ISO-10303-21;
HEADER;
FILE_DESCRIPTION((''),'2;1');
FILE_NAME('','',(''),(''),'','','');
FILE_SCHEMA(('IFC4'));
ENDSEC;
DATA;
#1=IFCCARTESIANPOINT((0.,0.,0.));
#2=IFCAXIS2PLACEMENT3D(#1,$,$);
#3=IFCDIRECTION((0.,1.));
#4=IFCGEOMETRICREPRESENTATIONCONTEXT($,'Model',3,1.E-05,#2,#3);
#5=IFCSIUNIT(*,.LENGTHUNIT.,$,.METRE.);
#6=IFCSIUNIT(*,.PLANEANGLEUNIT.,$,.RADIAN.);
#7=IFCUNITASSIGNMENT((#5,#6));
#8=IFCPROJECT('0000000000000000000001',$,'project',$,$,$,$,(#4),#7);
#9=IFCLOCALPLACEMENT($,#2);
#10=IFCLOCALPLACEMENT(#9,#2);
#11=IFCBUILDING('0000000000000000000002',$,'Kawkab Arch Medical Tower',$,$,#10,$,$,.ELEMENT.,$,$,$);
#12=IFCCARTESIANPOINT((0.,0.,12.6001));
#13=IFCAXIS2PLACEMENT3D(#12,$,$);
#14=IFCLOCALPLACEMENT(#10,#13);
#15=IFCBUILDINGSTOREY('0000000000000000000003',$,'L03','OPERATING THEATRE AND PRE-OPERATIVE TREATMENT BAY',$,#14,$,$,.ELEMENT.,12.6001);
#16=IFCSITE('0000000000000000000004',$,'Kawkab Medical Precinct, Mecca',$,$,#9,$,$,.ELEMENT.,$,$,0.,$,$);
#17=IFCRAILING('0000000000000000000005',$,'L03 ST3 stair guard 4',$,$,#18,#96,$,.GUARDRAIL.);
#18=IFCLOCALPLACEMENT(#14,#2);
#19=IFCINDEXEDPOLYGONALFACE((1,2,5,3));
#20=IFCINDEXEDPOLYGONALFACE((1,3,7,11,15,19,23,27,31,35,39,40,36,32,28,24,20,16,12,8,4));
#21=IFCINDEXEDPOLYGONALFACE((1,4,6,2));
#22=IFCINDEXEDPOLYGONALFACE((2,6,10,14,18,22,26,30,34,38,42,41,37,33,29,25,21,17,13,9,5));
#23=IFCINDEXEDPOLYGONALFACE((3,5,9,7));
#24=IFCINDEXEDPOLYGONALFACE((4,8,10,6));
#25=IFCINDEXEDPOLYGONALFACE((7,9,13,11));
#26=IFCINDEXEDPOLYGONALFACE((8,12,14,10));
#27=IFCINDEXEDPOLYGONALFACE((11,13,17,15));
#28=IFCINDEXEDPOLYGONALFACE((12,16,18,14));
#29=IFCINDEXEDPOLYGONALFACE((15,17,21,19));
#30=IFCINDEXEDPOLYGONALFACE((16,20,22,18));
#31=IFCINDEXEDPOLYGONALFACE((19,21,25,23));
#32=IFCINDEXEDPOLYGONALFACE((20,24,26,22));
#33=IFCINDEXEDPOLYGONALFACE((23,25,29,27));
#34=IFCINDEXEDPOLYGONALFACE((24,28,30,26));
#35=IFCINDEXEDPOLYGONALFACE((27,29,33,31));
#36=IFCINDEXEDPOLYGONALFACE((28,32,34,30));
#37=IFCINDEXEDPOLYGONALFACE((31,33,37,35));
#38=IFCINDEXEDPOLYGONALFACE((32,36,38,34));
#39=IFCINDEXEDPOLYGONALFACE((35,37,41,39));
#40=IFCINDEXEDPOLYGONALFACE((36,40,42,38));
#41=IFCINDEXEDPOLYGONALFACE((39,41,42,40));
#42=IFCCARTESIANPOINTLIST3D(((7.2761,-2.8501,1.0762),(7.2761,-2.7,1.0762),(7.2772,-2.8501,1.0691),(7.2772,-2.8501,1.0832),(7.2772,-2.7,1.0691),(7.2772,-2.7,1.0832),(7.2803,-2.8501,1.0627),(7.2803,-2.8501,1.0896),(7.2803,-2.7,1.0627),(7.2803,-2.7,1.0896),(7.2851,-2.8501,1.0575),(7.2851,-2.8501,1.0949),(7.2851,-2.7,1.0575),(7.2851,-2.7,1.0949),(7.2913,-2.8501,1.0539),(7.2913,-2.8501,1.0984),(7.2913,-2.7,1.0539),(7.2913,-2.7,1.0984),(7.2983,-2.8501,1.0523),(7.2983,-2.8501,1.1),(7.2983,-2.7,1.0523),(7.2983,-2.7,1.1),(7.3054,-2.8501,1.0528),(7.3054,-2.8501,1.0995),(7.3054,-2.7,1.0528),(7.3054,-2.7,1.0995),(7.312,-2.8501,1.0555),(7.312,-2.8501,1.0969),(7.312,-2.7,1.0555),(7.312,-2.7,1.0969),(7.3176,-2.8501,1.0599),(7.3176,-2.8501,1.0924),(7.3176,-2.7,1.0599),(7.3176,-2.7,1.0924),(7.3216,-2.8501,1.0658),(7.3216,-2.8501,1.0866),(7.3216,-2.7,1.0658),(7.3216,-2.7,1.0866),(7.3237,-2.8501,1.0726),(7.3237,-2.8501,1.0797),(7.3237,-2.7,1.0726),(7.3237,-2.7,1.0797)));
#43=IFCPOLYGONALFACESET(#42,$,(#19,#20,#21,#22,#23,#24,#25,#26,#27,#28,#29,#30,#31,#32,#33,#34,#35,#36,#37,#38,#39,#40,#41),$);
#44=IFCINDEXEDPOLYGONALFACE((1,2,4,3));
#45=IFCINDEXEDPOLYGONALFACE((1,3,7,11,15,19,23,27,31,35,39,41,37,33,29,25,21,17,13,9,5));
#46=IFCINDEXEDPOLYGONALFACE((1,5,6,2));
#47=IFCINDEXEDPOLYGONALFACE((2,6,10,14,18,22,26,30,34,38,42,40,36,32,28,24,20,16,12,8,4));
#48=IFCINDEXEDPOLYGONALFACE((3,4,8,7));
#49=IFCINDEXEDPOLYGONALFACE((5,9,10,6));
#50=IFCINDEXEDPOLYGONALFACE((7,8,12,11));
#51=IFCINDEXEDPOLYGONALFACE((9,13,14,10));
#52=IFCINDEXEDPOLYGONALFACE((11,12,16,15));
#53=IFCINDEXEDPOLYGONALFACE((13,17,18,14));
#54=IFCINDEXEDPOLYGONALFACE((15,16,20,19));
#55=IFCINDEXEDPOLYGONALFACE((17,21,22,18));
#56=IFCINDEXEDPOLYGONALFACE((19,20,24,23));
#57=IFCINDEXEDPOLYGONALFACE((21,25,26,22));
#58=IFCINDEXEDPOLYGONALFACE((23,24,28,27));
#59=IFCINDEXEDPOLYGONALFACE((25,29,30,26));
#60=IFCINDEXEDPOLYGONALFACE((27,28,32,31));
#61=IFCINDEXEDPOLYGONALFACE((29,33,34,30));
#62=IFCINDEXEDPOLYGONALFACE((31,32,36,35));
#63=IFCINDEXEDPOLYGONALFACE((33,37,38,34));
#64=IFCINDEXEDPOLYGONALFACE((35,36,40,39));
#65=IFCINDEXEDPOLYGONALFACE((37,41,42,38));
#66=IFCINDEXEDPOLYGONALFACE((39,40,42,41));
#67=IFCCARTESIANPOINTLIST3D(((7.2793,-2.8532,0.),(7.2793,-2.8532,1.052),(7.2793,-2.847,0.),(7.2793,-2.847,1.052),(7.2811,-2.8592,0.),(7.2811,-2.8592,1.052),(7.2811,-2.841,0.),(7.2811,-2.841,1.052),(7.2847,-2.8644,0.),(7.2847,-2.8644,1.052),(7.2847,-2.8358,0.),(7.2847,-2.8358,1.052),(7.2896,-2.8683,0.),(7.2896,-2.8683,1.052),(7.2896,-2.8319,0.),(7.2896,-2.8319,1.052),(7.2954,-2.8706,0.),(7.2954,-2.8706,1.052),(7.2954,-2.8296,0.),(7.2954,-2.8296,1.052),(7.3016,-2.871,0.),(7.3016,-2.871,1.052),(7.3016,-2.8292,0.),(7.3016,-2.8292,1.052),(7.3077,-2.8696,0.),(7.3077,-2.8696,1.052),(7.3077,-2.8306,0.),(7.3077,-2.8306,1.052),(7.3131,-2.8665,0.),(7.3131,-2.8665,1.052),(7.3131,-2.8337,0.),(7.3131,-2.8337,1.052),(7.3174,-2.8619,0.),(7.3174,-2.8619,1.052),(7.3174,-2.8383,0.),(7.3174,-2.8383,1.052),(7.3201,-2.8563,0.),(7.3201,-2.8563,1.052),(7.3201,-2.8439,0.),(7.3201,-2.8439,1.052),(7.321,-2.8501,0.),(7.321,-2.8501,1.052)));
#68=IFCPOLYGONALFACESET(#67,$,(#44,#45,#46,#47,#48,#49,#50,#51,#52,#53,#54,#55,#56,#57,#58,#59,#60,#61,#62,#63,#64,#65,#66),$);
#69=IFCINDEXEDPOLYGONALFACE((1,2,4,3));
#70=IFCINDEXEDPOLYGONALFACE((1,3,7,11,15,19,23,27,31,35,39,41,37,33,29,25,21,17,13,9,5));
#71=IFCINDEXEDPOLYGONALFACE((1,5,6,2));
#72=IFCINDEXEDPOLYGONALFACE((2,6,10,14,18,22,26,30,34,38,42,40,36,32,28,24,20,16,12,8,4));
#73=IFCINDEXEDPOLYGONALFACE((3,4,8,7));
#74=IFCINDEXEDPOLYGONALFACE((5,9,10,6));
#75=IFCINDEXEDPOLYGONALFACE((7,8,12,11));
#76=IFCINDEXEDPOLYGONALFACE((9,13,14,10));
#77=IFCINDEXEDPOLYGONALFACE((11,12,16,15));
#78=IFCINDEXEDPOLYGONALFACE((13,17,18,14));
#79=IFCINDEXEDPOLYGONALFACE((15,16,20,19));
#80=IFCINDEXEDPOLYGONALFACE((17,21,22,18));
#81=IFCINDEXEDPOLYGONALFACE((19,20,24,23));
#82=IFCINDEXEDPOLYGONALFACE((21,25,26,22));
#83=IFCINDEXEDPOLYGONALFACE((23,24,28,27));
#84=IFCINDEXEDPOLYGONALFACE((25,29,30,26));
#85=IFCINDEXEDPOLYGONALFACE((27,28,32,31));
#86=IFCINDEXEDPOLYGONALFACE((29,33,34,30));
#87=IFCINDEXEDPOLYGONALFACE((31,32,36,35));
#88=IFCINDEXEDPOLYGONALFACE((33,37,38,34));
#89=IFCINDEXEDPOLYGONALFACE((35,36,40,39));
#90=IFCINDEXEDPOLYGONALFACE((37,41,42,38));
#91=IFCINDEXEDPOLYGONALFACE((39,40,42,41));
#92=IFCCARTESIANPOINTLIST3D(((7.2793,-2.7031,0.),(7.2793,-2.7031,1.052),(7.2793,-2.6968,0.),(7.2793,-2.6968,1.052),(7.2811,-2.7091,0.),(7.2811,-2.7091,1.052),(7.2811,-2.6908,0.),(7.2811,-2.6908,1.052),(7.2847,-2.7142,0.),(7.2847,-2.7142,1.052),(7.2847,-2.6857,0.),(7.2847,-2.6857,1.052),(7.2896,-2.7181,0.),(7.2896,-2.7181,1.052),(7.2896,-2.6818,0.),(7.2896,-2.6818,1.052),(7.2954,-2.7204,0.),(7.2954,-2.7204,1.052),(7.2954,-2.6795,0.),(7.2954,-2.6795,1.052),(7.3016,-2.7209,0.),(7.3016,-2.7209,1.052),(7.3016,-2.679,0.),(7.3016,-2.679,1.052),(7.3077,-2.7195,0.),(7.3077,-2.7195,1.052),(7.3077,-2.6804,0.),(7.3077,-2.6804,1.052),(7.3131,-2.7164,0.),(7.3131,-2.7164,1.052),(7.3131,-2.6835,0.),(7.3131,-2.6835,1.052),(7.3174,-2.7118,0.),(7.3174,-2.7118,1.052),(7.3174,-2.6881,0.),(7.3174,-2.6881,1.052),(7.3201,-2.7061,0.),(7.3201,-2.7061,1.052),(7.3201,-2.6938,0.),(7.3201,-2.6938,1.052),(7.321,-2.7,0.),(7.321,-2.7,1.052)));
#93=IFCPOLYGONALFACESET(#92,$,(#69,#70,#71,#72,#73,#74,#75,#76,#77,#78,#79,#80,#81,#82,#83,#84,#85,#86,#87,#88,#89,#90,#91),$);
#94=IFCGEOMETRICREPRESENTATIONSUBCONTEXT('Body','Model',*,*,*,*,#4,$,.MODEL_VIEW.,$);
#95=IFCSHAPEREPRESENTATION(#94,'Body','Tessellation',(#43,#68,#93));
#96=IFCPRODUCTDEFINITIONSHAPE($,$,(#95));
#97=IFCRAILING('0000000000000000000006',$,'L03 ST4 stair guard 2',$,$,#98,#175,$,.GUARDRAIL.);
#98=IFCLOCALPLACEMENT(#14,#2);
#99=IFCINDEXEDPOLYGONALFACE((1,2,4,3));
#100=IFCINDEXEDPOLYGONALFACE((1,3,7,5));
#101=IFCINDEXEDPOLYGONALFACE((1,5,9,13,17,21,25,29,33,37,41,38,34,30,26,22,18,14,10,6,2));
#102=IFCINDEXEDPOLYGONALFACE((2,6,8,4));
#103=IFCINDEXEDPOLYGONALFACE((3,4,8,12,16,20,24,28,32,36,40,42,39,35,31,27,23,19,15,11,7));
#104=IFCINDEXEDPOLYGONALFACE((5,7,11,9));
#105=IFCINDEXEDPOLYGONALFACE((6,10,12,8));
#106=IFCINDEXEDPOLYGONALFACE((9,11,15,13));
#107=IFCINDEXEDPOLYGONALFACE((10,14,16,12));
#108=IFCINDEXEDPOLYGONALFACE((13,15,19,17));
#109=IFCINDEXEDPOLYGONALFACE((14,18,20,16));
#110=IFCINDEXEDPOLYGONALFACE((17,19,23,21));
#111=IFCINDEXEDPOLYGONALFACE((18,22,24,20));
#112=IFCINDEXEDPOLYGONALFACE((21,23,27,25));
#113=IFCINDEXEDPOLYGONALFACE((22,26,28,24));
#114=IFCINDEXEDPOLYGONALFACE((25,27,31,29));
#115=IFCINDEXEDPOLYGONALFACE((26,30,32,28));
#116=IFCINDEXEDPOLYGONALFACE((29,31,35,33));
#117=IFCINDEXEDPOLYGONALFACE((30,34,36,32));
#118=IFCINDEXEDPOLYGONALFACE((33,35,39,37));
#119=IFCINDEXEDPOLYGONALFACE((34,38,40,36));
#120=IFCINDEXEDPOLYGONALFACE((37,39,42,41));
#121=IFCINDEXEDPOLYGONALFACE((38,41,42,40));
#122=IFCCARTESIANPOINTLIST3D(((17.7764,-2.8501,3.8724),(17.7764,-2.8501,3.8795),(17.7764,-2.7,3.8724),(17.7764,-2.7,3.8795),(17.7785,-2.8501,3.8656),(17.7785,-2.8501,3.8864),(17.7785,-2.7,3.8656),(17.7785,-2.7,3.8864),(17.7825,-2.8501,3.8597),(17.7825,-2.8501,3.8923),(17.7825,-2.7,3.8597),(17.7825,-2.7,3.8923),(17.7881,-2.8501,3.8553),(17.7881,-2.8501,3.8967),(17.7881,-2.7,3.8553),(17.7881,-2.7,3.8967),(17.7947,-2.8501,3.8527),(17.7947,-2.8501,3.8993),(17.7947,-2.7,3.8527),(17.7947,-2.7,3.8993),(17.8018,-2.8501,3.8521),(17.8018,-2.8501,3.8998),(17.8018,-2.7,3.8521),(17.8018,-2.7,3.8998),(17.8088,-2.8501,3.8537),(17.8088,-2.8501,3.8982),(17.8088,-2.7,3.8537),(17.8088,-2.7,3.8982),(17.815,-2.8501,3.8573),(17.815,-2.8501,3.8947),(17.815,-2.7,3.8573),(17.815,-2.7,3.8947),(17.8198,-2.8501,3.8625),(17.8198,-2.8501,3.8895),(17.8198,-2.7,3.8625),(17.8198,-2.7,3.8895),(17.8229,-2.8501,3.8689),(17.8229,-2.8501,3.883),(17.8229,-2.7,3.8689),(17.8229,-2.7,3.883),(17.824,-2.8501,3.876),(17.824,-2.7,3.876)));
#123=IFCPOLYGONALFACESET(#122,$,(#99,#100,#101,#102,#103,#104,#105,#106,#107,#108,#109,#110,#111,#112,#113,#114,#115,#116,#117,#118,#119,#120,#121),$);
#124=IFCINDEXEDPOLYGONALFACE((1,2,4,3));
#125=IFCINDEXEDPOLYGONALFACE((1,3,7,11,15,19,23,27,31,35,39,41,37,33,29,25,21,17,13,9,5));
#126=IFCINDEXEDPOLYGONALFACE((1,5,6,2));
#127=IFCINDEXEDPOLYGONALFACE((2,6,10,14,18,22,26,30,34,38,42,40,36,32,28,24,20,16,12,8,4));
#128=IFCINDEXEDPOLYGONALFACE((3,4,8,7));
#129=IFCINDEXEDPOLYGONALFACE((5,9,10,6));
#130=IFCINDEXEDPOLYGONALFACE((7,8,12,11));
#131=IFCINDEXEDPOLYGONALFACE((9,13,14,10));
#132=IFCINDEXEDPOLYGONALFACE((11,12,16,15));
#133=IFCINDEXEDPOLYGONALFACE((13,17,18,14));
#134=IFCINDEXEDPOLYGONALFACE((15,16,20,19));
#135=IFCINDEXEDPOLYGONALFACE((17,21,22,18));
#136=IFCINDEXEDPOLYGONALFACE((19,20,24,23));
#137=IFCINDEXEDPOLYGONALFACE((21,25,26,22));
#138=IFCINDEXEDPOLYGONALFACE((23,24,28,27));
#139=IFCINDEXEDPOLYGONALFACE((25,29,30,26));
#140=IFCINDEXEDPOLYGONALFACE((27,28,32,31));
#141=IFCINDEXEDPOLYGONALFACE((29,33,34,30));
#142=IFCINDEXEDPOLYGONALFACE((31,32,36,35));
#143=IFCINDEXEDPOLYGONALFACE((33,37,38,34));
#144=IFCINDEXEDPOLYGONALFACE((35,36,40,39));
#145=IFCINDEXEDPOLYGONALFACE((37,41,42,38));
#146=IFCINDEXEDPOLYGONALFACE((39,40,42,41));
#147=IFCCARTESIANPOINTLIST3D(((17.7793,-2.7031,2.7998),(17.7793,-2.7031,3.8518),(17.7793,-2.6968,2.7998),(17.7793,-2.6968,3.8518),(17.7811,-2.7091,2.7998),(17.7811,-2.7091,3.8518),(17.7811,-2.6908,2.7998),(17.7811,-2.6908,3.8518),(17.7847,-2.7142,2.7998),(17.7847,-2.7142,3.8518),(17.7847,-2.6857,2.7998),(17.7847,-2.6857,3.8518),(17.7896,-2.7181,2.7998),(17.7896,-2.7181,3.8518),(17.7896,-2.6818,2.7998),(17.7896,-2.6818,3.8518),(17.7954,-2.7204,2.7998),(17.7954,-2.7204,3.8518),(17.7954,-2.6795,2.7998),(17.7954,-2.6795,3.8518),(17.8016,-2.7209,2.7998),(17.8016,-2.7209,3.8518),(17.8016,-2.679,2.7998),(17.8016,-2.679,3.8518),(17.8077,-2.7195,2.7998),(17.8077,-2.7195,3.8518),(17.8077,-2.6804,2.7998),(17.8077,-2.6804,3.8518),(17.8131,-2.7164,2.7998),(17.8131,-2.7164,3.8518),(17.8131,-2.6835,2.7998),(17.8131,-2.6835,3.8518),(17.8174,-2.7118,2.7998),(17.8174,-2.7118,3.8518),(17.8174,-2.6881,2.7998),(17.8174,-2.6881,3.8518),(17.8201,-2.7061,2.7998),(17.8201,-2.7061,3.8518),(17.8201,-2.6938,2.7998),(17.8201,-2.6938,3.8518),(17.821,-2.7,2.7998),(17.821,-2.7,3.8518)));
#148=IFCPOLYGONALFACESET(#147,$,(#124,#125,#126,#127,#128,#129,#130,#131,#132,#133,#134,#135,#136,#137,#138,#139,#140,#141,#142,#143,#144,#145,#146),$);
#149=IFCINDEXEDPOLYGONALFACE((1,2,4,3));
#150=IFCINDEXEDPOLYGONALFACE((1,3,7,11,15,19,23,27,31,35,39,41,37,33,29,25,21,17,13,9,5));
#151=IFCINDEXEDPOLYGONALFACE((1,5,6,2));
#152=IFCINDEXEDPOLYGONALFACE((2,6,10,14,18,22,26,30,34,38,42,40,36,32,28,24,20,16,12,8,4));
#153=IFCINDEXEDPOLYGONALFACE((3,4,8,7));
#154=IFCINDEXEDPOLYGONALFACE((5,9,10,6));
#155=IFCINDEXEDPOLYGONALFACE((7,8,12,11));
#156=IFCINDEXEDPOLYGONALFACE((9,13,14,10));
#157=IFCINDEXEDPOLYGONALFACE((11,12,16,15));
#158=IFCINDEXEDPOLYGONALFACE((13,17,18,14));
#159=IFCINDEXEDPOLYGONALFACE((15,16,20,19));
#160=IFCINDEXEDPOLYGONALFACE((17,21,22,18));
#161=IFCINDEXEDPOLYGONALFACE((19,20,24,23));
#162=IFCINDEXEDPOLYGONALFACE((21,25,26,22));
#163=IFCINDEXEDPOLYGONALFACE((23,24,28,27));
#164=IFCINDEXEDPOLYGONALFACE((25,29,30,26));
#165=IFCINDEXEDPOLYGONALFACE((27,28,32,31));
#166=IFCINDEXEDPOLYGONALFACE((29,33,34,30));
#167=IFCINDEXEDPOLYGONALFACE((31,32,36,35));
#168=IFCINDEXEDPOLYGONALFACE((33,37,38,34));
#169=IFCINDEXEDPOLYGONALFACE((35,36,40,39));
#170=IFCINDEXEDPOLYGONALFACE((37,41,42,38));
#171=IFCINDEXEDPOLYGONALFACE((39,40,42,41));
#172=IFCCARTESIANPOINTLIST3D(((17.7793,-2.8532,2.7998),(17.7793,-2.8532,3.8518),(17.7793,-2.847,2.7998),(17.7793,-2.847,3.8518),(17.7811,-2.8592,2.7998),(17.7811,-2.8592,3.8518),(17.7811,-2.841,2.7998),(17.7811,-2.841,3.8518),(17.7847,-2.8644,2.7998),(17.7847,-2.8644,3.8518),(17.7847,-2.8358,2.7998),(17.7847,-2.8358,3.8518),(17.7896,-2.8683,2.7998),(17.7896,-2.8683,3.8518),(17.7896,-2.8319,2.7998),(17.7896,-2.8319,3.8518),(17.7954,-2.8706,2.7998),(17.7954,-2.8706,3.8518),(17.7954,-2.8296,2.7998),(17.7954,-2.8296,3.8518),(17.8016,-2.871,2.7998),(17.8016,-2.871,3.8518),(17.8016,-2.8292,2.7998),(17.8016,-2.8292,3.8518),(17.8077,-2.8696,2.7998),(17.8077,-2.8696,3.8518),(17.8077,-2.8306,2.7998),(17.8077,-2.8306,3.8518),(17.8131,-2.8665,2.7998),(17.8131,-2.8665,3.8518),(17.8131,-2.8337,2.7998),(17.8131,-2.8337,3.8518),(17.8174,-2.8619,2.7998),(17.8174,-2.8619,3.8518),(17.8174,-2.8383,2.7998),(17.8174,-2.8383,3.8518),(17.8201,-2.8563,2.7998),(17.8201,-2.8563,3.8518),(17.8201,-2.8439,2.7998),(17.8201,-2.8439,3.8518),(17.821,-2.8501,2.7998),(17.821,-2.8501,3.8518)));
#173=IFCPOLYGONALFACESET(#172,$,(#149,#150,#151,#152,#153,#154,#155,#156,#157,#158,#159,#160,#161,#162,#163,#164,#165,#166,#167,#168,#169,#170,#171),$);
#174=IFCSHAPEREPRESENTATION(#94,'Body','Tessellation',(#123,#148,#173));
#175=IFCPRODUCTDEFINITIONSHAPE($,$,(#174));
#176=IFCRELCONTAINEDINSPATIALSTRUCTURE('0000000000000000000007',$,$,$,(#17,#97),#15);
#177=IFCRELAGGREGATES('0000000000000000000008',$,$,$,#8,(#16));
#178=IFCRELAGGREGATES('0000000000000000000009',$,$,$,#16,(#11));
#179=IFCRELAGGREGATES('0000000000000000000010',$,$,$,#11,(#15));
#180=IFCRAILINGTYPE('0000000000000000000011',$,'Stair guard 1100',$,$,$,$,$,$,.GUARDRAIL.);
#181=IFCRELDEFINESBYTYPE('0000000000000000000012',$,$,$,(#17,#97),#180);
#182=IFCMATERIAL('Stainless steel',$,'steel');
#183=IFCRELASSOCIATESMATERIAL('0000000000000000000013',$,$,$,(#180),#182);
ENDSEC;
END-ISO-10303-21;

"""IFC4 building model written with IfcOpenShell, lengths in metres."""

from ifc_helpers import new_model, si_unit, direction, frame, origin, origin_2d, place, context, subcontext, project, spatial, circle, extrude, material, type_object, element, save


model = new_model("IFC4")

# Units and contexts
model_context = context("Model", 3, precision=1e-05, world=origin(), true_north=direction((0.0, 1.0)))
body_context = subcontext(model_context, "Body", "Model", "MODEL_VIEW")
ifc_project = project(units=[si_unit("LENGTHUNIT", "METRE"), si_unit("PLANEANGLEUNIT", "RADIAN")], contexts=[model_context])

# Site, building, storey
site_placement = place(None, origin())
site = spatial("IfcSite", under=ifc_project, at=site_placement, Name="Kawkab Medical Precinct, Mecca", CompositionType="ELEMENT", RefElevation=0.0)
building_placement = place(site_placement, origin())
building = spatial("IfcBuilding", under=site, at=building_placement, Name="Kawkab Arch Medical Tower", CompositionType="ELEMENT")
storey_placement = place(building_placement, frame((0.0, 0.0, 12.6001)))
storey = spatial("IfcBuildingStorey", under=building, at=storey_placement, Name="L03", Description="OPERATING THEATRE AND PRE-OPERATIVE TREATMENT BAY", CompositionType="ELEMENT", Elevation=12.6001)

# Railings
ifc_material_1 = material(Name="Stainless steel", Category="steel")
railing_type = type_object("IfcRailingType", Name="Stair guard 1100", PredefinedType="GUARDRAIL", material=ifc_material_1)
railing_1_placement = place(storey_placement, frame((7.3, -2.8501, 0.0)))
element("IfcRailing", 1, at=railing_1_placement, inside=storey, type_object=railing_type, Name="L03 ST3 stair guard 4", PredefinedType="GUARDRAIL", context=body_context, shape_type="SweptSolid", body=[
    extrude(circle(Radius=0.0239, at=origin_2d()), frame((0.0, 0.0, 1.0762), z_axis=(0.0, 1.0, 0.0), x_axis=(-1.0, 0.0, 0.0)), (0.0, 0.0, 1.0), 0.1501),
    extrude(circle(Radius=0.021, at=origin_2d()), origin(), (0.0, 0.0, 1.0), 1.052),
    extrude(circle(Radius=0.021, at=origin_2d()), frame((0.0, 0.1501, 0.0)), (0.0, 0.0, 1.0), 1.052),
])
railing_2_placement = place(storey_placement, frame((17.8, -2.7, 2.7998)))
element("IfcRailing", 2, at=railing_2_placement, inside=storey, type_object=railing_type, Name="L03 ST4 stair guard 2", PredefinedType="GUARDRAIL", context=body_context, shape_type="SweptSolid", body=[
    extrude(circle(Radius=0.0239, at=origin_2d()), frame((0.0, 0.0, 1.0762), z_axis=(0.0, -1.0, 0.0), x_axis=(1.0, 0.0, 0.0)), (0.0, 0.0, 1.0), 0.1501),
    extrude(circle(Radius=0.021, at=origin_2d()), origin(), (0.0, 0.0, 1.0), 1.052),
    extrude(circle(Radius=0.021, at=origin_2d()), frame((0.0, -0.1501, 0.0)), (0.0, 0.0, 1.0), 1.052),
])

save(model, "model.ifc")
